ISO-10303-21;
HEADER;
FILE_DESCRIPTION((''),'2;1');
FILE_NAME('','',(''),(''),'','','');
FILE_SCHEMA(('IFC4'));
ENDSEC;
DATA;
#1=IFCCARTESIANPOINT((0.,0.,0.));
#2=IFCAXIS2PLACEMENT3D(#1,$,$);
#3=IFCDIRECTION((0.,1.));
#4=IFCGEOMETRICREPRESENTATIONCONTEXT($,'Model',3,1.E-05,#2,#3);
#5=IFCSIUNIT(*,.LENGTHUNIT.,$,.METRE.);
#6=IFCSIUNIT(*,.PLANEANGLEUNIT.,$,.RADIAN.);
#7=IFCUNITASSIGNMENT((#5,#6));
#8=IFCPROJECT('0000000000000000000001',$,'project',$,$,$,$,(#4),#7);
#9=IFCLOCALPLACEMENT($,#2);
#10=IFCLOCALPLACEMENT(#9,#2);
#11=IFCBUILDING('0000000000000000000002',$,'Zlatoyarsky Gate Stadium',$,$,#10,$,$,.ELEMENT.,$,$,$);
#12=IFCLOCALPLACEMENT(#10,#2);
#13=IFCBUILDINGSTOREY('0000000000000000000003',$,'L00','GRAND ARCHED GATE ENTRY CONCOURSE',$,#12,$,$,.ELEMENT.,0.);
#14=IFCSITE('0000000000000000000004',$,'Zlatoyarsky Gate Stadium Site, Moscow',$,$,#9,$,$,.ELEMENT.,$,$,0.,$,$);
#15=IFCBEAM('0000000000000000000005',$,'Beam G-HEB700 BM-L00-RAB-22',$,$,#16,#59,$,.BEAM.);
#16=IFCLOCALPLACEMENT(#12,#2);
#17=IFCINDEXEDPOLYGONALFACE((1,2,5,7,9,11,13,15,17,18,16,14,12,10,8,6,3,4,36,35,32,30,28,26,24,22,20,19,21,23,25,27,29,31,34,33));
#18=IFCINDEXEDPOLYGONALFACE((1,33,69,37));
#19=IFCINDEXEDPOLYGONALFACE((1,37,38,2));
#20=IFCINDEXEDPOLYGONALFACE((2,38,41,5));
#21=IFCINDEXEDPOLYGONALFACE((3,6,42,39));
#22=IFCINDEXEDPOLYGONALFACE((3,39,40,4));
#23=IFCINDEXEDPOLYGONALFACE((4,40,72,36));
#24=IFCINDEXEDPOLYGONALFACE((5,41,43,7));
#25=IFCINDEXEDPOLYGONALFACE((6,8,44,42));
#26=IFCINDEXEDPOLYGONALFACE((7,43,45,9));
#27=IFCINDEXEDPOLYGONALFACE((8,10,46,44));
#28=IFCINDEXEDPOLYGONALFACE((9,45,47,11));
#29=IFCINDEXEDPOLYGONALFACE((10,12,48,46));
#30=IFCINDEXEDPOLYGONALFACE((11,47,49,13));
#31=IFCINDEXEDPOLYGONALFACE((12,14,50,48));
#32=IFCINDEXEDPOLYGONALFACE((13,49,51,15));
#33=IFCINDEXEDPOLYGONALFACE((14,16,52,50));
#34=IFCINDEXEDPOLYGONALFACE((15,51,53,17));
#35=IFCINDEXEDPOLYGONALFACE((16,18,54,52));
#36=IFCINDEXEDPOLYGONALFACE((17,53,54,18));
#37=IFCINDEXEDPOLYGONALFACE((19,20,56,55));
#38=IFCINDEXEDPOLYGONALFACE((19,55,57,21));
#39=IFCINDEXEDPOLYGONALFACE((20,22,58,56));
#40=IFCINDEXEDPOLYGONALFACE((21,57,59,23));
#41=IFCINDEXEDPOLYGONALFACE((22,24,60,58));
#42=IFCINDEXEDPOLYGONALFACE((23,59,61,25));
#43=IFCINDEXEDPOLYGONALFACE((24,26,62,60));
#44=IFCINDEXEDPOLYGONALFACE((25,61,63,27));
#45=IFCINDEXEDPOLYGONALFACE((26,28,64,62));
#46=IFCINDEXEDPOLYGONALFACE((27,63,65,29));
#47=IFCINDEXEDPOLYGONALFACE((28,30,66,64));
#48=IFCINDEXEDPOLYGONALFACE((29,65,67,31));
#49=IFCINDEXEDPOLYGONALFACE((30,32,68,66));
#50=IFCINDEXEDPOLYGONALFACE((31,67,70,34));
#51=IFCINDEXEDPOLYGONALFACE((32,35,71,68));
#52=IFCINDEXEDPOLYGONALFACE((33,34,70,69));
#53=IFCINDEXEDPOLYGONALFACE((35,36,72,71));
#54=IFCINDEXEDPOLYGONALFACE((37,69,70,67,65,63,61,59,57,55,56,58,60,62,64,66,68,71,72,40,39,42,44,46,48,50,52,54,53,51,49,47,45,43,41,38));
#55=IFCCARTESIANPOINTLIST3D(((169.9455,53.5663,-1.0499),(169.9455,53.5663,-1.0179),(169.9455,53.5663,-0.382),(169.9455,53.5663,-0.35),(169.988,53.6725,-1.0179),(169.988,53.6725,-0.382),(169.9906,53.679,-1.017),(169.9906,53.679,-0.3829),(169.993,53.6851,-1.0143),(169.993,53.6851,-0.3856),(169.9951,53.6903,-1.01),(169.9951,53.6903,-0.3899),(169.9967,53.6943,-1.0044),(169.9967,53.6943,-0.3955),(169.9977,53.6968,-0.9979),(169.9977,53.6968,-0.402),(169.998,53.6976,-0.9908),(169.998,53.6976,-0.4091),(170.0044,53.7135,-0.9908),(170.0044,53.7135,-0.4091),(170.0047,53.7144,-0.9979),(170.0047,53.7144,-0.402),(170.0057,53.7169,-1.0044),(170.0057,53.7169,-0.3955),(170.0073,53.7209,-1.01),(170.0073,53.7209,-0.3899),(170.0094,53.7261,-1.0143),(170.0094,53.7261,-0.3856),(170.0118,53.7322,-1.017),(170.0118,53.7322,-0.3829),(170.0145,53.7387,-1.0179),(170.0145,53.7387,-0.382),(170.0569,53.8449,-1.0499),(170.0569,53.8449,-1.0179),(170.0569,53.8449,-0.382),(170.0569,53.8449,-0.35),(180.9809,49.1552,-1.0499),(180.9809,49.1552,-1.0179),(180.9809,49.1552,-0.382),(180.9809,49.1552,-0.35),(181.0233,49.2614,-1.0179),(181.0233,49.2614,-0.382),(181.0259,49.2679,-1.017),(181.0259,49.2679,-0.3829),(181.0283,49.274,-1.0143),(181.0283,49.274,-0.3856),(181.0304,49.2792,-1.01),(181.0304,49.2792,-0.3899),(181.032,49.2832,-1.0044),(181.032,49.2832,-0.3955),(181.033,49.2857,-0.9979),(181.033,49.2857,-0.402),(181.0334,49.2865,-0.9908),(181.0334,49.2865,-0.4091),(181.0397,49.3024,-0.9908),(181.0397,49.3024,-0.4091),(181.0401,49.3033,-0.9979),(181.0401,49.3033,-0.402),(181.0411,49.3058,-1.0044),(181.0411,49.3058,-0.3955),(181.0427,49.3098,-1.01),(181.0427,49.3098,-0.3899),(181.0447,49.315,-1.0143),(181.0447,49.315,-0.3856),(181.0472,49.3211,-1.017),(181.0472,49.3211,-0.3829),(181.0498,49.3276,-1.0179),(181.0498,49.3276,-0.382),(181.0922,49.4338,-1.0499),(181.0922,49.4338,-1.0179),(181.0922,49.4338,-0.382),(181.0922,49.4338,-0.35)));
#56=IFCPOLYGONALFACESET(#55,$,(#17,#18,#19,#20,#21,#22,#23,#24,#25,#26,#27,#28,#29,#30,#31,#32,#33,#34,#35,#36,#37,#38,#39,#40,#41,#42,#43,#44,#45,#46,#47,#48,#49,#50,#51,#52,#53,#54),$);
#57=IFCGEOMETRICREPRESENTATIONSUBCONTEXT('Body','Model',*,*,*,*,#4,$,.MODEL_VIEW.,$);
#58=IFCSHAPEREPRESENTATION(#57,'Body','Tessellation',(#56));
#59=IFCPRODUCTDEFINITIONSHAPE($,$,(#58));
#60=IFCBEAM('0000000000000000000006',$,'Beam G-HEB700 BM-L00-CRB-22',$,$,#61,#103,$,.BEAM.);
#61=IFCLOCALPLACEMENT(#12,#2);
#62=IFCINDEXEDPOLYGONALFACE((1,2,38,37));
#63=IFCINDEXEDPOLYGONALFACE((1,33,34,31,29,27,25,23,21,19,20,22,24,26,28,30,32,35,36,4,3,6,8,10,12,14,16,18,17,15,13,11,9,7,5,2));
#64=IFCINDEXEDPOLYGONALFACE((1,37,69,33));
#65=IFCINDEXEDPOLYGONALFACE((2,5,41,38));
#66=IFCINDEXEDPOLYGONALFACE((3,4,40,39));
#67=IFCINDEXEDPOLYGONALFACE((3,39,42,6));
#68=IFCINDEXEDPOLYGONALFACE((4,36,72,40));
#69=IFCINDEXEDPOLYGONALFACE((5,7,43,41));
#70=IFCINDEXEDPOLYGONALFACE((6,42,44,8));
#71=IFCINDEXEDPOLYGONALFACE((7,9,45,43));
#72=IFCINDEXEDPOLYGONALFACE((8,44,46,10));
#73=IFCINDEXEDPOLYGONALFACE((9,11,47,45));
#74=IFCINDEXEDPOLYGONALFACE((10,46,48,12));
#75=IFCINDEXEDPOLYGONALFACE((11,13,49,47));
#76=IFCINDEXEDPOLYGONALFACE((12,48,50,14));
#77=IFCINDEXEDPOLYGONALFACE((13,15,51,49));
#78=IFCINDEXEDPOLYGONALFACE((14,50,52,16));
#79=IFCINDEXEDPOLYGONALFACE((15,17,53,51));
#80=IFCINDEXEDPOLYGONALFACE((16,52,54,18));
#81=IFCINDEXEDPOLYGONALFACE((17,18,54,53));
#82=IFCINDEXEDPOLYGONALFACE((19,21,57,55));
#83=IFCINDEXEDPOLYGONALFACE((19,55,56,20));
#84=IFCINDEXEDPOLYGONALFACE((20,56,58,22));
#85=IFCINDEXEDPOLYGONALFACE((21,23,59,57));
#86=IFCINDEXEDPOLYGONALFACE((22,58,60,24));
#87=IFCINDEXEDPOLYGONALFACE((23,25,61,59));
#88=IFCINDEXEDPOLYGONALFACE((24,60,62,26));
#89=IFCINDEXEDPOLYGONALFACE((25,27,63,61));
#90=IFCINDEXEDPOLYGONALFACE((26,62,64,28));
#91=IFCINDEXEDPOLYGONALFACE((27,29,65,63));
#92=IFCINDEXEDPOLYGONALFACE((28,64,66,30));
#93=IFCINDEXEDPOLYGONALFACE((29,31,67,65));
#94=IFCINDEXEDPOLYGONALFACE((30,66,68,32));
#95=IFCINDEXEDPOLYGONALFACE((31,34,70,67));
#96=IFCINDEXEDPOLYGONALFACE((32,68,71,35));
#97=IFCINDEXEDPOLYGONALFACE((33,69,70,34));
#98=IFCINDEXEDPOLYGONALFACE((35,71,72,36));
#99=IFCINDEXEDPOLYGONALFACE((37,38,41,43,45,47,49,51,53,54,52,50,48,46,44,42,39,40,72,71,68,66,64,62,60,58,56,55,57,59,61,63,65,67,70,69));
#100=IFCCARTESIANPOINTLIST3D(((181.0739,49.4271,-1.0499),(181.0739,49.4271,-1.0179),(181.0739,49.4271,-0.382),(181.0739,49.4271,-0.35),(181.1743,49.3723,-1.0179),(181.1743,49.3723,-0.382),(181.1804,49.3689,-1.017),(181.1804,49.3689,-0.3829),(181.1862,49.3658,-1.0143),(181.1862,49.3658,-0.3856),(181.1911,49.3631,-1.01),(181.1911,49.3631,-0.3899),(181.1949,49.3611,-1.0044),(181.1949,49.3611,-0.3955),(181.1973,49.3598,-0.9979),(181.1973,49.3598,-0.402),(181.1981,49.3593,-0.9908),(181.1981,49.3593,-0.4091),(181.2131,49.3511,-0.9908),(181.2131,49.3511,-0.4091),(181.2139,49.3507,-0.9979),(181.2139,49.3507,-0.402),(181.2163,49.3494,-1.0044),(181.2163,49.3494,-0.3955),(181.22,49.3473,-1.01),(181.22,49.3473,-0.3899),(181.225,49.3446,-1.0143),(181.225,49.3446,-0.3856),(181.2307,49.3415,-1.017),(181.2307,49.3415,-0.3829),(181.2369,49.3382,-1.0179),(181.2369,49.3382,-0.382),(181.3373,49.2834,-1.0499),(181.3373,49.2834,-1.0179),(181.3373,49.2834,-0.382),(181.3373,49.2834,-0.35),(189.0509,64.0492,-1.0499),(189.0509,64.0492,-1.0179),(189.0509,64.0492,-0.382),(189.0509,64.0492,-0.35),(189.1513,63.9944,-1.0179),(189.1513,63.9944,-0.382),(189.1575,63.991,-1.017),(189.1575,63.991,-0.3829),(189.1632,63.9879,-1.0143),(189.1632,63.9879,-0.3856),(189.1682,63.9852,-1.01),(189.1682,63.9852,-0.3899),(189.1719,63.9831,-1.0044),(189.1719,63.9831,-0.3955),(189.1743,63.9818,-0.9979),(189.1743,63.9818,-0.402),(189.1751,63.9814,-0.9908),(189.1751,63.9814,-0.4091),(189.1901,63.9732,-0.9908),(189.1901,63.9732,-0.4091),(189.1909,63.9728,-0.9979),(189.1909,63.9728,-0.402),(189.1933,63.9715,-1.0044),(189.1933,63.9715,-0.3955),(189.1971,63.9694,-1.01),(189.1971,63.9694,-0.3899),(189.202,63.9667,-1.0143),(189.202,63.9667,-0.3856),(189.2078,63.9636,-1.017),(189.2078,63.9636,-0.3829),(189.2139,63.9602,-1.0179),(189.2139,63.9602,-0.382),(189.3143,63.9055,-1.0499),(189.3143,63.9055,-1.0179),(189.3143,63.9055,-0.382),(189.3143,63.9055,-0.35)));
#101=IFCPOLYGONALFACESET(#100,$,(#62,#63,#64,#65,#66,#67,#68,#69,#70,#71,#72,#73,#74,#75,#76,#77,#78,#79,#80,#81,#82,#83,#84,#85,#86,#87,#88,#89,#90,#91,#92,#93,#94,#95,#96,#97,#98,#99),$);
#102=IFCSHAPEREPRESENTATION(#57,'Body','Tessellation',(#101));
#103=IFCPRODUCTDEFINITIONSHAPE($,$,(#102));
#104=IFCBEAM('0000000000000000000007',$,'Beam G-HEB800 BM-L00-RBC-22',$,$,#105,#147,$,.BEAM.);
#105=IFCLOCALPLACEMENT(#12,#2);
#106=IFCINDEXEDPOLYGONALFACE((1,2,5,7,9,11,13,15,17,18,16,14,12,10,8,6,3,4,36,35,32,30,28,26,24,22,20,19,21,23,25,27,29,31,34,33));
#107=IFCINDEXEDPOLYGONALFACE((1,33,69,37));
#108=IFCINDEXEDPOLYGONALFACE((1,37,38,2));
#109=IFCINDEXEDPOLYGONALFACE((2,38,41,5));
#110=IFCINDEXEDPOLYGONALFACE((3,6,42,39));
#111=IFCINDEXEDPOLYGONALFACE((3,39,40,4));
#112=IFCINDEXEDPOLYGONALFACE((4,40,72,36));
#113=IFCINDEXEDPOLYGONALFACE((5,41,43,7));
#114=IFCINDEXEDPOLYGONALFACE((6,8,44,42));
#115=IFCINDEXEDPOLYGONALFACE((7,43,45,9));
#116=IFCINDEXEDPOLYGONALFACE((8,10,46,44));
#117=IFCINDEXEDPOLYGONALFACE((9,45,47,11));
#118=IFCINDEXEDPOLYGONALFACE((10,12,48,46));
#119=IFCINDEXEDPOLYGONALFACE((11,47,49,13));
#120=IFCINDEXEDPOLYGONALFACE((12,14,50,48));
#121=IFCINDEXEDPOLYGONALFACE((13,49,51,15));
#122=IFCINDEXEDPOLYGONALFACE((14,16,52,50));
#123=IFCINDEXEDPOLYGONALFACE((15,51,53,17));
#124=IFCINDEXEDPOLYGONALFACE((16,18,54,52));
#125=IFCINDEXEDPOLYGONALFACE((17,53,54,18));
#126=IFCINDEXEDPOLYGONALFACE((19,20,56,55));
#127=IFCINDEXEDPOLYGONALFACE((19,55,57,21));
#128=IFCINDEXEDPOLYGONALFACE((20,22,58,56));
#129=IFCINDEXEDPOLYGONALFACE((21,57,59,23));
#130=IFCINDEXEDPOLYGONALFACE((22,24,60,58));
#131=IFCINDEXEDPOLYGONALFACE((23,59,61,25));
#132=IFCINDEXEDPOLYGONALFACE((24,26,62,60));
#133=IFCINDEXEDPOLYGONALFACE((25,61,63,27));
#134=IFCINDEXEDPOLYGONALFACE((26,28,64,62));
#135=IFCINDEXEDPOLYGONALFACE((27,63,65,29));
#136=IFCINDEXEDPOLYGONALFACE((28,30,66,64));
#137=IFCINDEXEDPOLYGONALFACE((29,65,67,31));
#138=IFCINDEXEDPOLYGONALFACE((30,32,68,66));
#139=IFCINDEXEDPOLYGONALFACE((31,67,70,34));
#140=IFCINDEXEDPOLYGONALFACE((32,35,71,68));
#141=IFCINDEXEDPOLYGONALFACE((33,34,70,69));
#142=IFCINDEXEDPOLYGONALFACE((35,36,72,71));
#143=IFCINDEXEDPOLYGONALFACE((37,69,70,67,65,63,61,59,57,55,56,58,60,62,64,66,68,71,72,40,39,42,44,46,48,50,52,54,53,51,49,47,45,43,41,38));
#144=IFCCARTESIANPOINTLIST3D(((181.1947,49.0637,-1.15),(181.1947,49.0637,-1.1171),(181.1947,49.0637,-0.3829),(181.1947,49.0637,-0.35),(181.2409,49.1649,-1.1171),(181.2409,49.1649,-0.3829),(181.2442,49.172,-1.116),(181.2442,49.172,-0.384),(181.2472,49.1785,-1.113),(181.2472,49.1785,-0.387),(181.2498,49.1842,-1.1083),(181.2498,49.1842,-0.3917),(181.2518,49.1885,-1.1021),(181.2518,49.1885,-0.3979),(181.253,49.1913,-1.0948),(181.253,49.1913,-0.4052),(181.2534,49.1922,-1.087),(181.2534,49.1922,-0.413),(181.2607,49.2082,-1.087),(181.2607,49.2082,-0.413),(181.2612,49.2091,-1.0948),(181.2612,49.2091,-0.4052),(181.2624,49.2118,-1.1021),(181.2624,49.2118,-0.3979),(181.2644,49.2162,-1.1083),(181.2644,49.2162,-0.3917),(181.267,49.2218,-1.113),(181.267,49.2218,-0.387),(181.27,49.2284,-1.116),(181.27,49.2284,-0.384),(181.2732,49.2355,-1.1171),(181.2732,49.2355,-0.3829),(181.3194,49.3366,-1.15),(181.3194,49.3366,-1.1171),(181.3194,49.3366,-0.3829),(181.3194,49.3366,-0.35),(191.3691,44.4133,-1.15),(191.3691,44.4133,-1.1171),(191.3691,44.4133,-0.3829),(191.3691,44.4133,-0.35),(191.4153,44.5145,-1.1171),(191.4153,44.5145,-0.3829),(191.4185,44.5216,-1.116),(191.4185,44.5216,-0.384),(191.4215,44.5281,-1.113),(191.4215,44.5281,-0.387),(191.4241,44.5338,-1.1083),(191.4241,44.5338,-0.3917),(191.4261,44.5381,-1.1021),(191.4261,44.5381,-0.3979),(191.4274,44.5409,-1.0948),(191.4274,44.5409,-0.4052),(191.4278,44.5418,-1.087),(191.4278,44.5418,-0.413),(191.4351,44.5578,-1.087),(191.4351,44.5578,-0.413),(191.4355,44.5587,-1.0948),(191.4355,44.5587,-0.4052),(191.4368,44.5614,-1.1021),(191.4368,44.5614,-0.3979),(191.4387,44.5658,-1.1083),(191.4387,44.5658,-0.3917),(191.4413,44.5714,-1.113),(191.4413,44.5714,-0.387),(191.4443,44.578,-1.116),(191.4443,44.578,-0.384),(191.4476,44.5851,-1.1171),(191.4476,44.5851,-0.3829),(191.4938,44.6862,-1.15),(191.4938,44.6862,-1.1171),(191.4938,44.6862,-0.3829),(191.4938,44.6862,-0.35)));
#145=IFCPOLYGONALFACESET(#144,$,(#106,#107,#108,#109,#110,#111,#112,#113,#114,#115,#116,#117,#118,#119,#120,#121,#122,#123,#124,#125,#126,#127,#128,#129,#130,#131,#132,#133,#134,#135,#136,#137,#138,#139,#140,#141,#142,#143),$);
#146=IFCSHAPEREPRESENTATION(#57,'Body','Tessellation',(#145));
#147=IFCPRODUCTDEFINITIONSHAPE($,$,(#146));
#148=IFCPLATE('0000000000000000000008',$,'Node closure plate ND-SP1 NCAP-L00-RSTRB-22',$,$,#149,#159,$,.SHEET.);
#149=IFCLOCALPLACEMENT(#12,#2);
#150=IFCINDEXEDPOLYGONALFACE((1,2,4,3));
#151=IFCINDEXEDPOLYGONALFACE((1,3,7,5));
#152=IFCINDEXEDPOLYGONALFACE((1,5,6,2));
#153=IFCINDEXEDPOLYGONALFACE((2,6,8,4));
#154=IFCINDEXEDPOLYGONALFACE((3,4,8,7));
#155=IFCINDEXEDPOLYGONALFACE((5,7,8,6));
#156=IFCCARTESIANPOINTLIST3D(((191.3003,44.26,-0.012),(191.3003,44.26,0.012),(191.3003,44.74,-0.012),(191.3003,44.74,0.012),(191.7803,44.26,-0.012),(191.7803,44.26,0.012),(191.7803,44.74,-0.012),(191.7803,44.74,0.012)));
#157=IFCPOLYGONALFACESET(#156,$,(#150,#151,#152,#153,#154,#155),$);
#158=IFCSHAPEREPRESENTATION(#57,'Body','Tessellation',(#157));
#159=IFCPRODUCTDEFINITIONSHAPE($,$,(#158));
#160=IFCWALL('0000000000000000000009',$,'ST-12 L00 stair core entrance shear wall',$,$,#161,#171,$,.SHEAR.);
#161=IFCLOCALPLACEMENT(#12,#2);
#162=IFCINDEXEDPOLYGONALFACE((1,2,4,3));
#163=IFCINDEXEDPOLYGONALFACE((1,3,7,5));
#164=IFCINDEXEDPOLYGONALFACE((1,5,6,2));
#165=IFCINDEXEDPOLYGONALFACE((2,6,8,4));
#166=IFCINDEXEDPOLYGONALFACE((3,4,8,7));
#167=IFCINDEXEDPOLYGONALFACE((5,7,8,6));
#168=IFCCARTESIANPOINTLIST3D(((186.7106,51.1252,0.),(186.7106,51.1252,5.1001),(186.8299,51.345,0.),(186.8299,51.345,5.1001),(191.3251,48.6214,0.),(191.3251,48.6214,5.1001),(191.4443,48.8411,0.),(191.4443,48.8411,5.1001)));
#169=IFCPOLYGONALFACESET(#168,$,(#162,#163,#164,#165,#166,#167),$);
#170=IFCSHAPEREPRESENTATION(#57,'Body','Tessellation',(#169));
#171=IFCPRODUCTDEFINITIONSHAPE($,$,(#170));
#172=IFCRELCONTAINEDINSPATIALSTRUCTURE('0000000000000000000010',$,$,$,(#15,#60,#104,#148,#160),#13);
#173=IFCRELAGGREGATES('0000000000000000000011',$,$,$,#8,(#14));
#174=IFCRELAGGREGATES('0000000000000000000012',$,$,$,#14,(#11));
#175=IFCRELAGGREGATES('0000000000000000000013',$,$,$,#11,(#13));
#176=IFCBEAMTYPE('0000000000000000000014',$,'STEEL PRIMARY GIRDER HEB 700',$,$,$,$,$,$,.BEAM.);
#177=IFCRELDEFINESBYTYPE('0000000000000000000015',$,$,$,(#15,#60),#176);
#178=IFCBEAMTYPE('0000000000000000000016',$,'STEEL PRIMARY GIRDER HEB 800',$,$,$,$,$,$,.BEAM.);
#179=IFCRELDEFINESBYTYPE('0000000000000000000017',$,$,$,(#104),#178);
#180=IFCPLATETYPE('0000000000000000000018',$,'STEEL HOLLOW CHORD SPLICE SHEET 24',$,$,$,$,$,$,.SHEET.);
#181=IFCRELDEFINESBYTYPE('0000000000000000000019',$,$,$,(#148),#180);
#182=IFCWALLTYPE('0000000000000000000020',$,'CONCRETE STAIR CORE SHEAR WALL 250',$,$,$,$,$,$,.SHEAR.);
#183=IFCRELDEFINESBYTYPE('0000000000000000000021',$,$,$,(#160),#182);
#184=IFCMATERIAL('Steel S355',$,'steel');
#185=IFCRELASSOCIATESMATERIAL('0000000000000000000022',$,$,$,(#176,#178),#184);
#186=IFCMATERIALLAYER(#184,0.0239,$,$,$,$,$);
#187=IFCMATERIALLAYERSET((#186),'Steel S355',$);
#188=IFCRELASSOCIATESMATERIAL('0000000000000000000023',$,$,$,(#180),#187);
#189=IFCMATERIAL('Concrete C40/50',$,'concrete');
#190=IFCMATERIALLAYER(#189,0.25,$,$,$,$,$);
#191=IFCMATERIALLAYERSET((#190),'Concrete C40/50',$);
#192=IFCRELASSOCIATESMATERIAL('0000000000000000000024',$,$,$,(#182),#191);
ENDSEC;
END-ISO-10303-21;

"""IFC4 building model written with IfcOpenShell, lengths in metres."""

from ifc_helpers import new_model, si_unit, direction, frame, frame_2d, origin, origin_2d, place, context, subcontext, project, spatial, rectangle, i_section, extrude, material, layer, layer_set, material_profile, profile_set, type_object, element, save


model = new_model("IFC4")

# Units and contexts
model_context = context("Model", 3, precision=1e-05, world=origin(), true_north=direction((0.0, 1.0)))
body_context = subcontext(model_context, "Body", "Model", "MODEL_VIEW")
ifc_project = project(units=[si_unit("LENGTHUNIT", "METRE"), si_unit("PLANEANGLEUNIT", "RADIAN")], contexts=[model_context])

# Site, building, storey
site_placement = place(None, origin())
site = spatial("IfcSite", under=ifc_project, at=site_placement, Name="Zlatoyarsky Gate Stadium Site, Moscow", CompositionType="ELEMENT", RefElevation=0.0)
building_placement = place(site_placement, origin())
building = spatial("IfcBuilding", under=site, at=building_placement, Name="Zlatoyarsky Gate Stadium", CompositionType="ELEMENT")
storey_placement = place(building_placement, origin())
storey = spatial("IfcBuildingStorey", under=building, at=storey_placement, Name="L00", Description="GRAND ARCHED GATE ENTRY CONCOURSE", CompositionType="ELEMENT", Elevation=0.0)

# Shared definitions
ifc_material_1 = material(Name="Concrete C40/50", Category="concrete")

# Shared definitions
ifc_material_2 = material(Name="Steel S355", Category="steel")

# Beams
ifc_material_profile_1 = material_profile(ifc_material_2, i_section(OverallWidth=0.3, OverallDepth=0.7, WebThickness=0.0171, FlangeThickness=0.032, FilletRadius=0.0271, at=origin_2d()), Name="HEB 700")
ifc_profile_set_1 = profile_set([ifc_material_profile_1], Name="Steel S355")
beam_type_1 = type_object("IfcBeamType", Name="STEEL PRIMARY GIRDER HEB 700", PredefinedType="BEAM", material=ifc_profile_set_1)
beam_1_placement = place(storey_placement, frame((170.0012, 53.7056, -0.7), z_axis=(0.928565, -0.371171, 0.0), x_axis=(0.371171, 0.928565, 0.0)))
element("IfcBeam", 1, at=beam_1_placement, inside=storey, type_object=beam_type_1, Name="Beam G-HEB700 BM-L00-RAB-22", PredefinedType="BEAM", context=body_context, shape_type="SweptSolid", body=[
    extrude(i_section(OverallWidth=0.3, OverallDepth=0.7, WebThickness=0.0171, FlangeThickness=0.032, FilletRadius=0.0271, at=origin_2d()), origin(), (0.0, 0.0, 1.0), 11.8843),
])
beam_2_placement = place(storey_placement, frame((181.2056, 49.3552, -0.7), z_axis=(0.478916, 0.877861, 0.0), x_axis=(-0.877861, 0.478916, 0.0)))
element("IfcBeam", 2, at=beam_2_placement, inside=storey, type_object=beam_type_1, Name="Beam G-HEB700 BM-L00-CRB-22", PredefinedType="BEAM", context=body_context, shape_type="SweptSolid", body=[
    extrude(i_section(OverallWidth=0.3, OverallDepth=0.7, WebThickness=0.0171, FlangeThickness=0.032, FilletRadius=0.0271, at=origin_2d()), origin(), (0.0, 0.0, 1.0), 16.6565),
])
ifc_material_profile_2 = material_profile(ifc_material_2, i_section(OverallWidth=0.3, OverallDepth=0.8, WebThickness=0.0176, FlangeThickness=0.033, FilletRadius=0.03, at=origin_2d()), Name="HEB 800")
ifc_profile_set_2 = profile_set([ifc_material_profile_2], Name="Steel S355")
beam_type_2 = type_object("IfcBeamType", Name="STEEL PRIMARY GIRDER HEB 800", PredefinedType="BEAM", material=ifc_profile_set_2)
beam_3_placement = place(storey_placement, frame((181.2571, 49.2002, -0.75), z_axis=(0.909499, -0.415706, 0.0), x_axis=(0.415706, 0.909499, 0.0)))
element("IfcBeam", 3, at=beam_3_placement, inside=storey, type_object=beam_type_2, Name="Beam G-HEB800 BM-L00-RBC-22", PredefinedType="BEAM", context=body_context, shape_type="SweptSolid", body=[
    extrude(i_section(OverallWidth=0.3, OverallDepth=0.8, WebThickness=0.0176, FlangeThickness=0.033, FilletRadius=0.03, at=origin_2d()), origin(), (0.0, 0.0, 1.0), 11.1868),
])

# Plate
ifc_layer_1 = layer(ifc_material_2, 0.0239)
ifc_layer_set_1 = layer_set([ifc_layer_1], Name="Steel S355")
plate_type = type_object("IfcPlateType", Name="STEEL HOLLOW CHORD SPLICE SHEET 24", PredefinedType="SHEET", material=ifc_layer_set_1)
plate_placement = place(storey_placement, frame((191.5403, 44.5, -0.012), z_axis=(0.0, 0.0, 1.0), x_axis=(1.0, 0.0, 0.0)))
element("IfcPlate", 4, at=plate_placement, inside=storey, type_object=plate_type, Name="Node closure plate ND-SP1 NCAP-L00-RSTRB-22", PredefinedType="SHEET", context=body_context, shape_type="SweptSolid", body=[
    extrude(rectangle(XDim=0.48, YDim=0.48, at=origin_2d()), origin(), (0.0, 0.0, 1.0), 0.0239),
])

# Wall
ifc_layer_2 = layer(ifc_material_1, 0.25)
ifc_layer_set_2 = layer_set([ifc_layer_2], Name="Concrete C40/50")
wall_type_1 = type_object("IfcWallType", Name="CONCRETE STAIR CORE SHEAR WALL 250", PredefinedType="SHEAR", material=ifc_layer_set_2)
wall_1_placement = place(storey_placement, frame((186.7703, 51.2351, 0.0), z_axis=(0.0, 0.0, 1.0), x_axis=(0.878942, -0.476929, 0.0)))
element("IfcWall", 5, at=wall_1_placement, inside=storey, type_object=wall_type_1, Name="ST-12 L00 stair core entrance shear wall", PredefinedType="SHEAR", context=body_context, shape_type="SweptSolid", body=[
    extrude(rectangle(XDim=5.25, YDim=0.25, at=frame_2d((2.625, 0.0))), origin(), (0.0, 0.0, 1.0), 5.1001),
])

save(model, "model.ifc")
